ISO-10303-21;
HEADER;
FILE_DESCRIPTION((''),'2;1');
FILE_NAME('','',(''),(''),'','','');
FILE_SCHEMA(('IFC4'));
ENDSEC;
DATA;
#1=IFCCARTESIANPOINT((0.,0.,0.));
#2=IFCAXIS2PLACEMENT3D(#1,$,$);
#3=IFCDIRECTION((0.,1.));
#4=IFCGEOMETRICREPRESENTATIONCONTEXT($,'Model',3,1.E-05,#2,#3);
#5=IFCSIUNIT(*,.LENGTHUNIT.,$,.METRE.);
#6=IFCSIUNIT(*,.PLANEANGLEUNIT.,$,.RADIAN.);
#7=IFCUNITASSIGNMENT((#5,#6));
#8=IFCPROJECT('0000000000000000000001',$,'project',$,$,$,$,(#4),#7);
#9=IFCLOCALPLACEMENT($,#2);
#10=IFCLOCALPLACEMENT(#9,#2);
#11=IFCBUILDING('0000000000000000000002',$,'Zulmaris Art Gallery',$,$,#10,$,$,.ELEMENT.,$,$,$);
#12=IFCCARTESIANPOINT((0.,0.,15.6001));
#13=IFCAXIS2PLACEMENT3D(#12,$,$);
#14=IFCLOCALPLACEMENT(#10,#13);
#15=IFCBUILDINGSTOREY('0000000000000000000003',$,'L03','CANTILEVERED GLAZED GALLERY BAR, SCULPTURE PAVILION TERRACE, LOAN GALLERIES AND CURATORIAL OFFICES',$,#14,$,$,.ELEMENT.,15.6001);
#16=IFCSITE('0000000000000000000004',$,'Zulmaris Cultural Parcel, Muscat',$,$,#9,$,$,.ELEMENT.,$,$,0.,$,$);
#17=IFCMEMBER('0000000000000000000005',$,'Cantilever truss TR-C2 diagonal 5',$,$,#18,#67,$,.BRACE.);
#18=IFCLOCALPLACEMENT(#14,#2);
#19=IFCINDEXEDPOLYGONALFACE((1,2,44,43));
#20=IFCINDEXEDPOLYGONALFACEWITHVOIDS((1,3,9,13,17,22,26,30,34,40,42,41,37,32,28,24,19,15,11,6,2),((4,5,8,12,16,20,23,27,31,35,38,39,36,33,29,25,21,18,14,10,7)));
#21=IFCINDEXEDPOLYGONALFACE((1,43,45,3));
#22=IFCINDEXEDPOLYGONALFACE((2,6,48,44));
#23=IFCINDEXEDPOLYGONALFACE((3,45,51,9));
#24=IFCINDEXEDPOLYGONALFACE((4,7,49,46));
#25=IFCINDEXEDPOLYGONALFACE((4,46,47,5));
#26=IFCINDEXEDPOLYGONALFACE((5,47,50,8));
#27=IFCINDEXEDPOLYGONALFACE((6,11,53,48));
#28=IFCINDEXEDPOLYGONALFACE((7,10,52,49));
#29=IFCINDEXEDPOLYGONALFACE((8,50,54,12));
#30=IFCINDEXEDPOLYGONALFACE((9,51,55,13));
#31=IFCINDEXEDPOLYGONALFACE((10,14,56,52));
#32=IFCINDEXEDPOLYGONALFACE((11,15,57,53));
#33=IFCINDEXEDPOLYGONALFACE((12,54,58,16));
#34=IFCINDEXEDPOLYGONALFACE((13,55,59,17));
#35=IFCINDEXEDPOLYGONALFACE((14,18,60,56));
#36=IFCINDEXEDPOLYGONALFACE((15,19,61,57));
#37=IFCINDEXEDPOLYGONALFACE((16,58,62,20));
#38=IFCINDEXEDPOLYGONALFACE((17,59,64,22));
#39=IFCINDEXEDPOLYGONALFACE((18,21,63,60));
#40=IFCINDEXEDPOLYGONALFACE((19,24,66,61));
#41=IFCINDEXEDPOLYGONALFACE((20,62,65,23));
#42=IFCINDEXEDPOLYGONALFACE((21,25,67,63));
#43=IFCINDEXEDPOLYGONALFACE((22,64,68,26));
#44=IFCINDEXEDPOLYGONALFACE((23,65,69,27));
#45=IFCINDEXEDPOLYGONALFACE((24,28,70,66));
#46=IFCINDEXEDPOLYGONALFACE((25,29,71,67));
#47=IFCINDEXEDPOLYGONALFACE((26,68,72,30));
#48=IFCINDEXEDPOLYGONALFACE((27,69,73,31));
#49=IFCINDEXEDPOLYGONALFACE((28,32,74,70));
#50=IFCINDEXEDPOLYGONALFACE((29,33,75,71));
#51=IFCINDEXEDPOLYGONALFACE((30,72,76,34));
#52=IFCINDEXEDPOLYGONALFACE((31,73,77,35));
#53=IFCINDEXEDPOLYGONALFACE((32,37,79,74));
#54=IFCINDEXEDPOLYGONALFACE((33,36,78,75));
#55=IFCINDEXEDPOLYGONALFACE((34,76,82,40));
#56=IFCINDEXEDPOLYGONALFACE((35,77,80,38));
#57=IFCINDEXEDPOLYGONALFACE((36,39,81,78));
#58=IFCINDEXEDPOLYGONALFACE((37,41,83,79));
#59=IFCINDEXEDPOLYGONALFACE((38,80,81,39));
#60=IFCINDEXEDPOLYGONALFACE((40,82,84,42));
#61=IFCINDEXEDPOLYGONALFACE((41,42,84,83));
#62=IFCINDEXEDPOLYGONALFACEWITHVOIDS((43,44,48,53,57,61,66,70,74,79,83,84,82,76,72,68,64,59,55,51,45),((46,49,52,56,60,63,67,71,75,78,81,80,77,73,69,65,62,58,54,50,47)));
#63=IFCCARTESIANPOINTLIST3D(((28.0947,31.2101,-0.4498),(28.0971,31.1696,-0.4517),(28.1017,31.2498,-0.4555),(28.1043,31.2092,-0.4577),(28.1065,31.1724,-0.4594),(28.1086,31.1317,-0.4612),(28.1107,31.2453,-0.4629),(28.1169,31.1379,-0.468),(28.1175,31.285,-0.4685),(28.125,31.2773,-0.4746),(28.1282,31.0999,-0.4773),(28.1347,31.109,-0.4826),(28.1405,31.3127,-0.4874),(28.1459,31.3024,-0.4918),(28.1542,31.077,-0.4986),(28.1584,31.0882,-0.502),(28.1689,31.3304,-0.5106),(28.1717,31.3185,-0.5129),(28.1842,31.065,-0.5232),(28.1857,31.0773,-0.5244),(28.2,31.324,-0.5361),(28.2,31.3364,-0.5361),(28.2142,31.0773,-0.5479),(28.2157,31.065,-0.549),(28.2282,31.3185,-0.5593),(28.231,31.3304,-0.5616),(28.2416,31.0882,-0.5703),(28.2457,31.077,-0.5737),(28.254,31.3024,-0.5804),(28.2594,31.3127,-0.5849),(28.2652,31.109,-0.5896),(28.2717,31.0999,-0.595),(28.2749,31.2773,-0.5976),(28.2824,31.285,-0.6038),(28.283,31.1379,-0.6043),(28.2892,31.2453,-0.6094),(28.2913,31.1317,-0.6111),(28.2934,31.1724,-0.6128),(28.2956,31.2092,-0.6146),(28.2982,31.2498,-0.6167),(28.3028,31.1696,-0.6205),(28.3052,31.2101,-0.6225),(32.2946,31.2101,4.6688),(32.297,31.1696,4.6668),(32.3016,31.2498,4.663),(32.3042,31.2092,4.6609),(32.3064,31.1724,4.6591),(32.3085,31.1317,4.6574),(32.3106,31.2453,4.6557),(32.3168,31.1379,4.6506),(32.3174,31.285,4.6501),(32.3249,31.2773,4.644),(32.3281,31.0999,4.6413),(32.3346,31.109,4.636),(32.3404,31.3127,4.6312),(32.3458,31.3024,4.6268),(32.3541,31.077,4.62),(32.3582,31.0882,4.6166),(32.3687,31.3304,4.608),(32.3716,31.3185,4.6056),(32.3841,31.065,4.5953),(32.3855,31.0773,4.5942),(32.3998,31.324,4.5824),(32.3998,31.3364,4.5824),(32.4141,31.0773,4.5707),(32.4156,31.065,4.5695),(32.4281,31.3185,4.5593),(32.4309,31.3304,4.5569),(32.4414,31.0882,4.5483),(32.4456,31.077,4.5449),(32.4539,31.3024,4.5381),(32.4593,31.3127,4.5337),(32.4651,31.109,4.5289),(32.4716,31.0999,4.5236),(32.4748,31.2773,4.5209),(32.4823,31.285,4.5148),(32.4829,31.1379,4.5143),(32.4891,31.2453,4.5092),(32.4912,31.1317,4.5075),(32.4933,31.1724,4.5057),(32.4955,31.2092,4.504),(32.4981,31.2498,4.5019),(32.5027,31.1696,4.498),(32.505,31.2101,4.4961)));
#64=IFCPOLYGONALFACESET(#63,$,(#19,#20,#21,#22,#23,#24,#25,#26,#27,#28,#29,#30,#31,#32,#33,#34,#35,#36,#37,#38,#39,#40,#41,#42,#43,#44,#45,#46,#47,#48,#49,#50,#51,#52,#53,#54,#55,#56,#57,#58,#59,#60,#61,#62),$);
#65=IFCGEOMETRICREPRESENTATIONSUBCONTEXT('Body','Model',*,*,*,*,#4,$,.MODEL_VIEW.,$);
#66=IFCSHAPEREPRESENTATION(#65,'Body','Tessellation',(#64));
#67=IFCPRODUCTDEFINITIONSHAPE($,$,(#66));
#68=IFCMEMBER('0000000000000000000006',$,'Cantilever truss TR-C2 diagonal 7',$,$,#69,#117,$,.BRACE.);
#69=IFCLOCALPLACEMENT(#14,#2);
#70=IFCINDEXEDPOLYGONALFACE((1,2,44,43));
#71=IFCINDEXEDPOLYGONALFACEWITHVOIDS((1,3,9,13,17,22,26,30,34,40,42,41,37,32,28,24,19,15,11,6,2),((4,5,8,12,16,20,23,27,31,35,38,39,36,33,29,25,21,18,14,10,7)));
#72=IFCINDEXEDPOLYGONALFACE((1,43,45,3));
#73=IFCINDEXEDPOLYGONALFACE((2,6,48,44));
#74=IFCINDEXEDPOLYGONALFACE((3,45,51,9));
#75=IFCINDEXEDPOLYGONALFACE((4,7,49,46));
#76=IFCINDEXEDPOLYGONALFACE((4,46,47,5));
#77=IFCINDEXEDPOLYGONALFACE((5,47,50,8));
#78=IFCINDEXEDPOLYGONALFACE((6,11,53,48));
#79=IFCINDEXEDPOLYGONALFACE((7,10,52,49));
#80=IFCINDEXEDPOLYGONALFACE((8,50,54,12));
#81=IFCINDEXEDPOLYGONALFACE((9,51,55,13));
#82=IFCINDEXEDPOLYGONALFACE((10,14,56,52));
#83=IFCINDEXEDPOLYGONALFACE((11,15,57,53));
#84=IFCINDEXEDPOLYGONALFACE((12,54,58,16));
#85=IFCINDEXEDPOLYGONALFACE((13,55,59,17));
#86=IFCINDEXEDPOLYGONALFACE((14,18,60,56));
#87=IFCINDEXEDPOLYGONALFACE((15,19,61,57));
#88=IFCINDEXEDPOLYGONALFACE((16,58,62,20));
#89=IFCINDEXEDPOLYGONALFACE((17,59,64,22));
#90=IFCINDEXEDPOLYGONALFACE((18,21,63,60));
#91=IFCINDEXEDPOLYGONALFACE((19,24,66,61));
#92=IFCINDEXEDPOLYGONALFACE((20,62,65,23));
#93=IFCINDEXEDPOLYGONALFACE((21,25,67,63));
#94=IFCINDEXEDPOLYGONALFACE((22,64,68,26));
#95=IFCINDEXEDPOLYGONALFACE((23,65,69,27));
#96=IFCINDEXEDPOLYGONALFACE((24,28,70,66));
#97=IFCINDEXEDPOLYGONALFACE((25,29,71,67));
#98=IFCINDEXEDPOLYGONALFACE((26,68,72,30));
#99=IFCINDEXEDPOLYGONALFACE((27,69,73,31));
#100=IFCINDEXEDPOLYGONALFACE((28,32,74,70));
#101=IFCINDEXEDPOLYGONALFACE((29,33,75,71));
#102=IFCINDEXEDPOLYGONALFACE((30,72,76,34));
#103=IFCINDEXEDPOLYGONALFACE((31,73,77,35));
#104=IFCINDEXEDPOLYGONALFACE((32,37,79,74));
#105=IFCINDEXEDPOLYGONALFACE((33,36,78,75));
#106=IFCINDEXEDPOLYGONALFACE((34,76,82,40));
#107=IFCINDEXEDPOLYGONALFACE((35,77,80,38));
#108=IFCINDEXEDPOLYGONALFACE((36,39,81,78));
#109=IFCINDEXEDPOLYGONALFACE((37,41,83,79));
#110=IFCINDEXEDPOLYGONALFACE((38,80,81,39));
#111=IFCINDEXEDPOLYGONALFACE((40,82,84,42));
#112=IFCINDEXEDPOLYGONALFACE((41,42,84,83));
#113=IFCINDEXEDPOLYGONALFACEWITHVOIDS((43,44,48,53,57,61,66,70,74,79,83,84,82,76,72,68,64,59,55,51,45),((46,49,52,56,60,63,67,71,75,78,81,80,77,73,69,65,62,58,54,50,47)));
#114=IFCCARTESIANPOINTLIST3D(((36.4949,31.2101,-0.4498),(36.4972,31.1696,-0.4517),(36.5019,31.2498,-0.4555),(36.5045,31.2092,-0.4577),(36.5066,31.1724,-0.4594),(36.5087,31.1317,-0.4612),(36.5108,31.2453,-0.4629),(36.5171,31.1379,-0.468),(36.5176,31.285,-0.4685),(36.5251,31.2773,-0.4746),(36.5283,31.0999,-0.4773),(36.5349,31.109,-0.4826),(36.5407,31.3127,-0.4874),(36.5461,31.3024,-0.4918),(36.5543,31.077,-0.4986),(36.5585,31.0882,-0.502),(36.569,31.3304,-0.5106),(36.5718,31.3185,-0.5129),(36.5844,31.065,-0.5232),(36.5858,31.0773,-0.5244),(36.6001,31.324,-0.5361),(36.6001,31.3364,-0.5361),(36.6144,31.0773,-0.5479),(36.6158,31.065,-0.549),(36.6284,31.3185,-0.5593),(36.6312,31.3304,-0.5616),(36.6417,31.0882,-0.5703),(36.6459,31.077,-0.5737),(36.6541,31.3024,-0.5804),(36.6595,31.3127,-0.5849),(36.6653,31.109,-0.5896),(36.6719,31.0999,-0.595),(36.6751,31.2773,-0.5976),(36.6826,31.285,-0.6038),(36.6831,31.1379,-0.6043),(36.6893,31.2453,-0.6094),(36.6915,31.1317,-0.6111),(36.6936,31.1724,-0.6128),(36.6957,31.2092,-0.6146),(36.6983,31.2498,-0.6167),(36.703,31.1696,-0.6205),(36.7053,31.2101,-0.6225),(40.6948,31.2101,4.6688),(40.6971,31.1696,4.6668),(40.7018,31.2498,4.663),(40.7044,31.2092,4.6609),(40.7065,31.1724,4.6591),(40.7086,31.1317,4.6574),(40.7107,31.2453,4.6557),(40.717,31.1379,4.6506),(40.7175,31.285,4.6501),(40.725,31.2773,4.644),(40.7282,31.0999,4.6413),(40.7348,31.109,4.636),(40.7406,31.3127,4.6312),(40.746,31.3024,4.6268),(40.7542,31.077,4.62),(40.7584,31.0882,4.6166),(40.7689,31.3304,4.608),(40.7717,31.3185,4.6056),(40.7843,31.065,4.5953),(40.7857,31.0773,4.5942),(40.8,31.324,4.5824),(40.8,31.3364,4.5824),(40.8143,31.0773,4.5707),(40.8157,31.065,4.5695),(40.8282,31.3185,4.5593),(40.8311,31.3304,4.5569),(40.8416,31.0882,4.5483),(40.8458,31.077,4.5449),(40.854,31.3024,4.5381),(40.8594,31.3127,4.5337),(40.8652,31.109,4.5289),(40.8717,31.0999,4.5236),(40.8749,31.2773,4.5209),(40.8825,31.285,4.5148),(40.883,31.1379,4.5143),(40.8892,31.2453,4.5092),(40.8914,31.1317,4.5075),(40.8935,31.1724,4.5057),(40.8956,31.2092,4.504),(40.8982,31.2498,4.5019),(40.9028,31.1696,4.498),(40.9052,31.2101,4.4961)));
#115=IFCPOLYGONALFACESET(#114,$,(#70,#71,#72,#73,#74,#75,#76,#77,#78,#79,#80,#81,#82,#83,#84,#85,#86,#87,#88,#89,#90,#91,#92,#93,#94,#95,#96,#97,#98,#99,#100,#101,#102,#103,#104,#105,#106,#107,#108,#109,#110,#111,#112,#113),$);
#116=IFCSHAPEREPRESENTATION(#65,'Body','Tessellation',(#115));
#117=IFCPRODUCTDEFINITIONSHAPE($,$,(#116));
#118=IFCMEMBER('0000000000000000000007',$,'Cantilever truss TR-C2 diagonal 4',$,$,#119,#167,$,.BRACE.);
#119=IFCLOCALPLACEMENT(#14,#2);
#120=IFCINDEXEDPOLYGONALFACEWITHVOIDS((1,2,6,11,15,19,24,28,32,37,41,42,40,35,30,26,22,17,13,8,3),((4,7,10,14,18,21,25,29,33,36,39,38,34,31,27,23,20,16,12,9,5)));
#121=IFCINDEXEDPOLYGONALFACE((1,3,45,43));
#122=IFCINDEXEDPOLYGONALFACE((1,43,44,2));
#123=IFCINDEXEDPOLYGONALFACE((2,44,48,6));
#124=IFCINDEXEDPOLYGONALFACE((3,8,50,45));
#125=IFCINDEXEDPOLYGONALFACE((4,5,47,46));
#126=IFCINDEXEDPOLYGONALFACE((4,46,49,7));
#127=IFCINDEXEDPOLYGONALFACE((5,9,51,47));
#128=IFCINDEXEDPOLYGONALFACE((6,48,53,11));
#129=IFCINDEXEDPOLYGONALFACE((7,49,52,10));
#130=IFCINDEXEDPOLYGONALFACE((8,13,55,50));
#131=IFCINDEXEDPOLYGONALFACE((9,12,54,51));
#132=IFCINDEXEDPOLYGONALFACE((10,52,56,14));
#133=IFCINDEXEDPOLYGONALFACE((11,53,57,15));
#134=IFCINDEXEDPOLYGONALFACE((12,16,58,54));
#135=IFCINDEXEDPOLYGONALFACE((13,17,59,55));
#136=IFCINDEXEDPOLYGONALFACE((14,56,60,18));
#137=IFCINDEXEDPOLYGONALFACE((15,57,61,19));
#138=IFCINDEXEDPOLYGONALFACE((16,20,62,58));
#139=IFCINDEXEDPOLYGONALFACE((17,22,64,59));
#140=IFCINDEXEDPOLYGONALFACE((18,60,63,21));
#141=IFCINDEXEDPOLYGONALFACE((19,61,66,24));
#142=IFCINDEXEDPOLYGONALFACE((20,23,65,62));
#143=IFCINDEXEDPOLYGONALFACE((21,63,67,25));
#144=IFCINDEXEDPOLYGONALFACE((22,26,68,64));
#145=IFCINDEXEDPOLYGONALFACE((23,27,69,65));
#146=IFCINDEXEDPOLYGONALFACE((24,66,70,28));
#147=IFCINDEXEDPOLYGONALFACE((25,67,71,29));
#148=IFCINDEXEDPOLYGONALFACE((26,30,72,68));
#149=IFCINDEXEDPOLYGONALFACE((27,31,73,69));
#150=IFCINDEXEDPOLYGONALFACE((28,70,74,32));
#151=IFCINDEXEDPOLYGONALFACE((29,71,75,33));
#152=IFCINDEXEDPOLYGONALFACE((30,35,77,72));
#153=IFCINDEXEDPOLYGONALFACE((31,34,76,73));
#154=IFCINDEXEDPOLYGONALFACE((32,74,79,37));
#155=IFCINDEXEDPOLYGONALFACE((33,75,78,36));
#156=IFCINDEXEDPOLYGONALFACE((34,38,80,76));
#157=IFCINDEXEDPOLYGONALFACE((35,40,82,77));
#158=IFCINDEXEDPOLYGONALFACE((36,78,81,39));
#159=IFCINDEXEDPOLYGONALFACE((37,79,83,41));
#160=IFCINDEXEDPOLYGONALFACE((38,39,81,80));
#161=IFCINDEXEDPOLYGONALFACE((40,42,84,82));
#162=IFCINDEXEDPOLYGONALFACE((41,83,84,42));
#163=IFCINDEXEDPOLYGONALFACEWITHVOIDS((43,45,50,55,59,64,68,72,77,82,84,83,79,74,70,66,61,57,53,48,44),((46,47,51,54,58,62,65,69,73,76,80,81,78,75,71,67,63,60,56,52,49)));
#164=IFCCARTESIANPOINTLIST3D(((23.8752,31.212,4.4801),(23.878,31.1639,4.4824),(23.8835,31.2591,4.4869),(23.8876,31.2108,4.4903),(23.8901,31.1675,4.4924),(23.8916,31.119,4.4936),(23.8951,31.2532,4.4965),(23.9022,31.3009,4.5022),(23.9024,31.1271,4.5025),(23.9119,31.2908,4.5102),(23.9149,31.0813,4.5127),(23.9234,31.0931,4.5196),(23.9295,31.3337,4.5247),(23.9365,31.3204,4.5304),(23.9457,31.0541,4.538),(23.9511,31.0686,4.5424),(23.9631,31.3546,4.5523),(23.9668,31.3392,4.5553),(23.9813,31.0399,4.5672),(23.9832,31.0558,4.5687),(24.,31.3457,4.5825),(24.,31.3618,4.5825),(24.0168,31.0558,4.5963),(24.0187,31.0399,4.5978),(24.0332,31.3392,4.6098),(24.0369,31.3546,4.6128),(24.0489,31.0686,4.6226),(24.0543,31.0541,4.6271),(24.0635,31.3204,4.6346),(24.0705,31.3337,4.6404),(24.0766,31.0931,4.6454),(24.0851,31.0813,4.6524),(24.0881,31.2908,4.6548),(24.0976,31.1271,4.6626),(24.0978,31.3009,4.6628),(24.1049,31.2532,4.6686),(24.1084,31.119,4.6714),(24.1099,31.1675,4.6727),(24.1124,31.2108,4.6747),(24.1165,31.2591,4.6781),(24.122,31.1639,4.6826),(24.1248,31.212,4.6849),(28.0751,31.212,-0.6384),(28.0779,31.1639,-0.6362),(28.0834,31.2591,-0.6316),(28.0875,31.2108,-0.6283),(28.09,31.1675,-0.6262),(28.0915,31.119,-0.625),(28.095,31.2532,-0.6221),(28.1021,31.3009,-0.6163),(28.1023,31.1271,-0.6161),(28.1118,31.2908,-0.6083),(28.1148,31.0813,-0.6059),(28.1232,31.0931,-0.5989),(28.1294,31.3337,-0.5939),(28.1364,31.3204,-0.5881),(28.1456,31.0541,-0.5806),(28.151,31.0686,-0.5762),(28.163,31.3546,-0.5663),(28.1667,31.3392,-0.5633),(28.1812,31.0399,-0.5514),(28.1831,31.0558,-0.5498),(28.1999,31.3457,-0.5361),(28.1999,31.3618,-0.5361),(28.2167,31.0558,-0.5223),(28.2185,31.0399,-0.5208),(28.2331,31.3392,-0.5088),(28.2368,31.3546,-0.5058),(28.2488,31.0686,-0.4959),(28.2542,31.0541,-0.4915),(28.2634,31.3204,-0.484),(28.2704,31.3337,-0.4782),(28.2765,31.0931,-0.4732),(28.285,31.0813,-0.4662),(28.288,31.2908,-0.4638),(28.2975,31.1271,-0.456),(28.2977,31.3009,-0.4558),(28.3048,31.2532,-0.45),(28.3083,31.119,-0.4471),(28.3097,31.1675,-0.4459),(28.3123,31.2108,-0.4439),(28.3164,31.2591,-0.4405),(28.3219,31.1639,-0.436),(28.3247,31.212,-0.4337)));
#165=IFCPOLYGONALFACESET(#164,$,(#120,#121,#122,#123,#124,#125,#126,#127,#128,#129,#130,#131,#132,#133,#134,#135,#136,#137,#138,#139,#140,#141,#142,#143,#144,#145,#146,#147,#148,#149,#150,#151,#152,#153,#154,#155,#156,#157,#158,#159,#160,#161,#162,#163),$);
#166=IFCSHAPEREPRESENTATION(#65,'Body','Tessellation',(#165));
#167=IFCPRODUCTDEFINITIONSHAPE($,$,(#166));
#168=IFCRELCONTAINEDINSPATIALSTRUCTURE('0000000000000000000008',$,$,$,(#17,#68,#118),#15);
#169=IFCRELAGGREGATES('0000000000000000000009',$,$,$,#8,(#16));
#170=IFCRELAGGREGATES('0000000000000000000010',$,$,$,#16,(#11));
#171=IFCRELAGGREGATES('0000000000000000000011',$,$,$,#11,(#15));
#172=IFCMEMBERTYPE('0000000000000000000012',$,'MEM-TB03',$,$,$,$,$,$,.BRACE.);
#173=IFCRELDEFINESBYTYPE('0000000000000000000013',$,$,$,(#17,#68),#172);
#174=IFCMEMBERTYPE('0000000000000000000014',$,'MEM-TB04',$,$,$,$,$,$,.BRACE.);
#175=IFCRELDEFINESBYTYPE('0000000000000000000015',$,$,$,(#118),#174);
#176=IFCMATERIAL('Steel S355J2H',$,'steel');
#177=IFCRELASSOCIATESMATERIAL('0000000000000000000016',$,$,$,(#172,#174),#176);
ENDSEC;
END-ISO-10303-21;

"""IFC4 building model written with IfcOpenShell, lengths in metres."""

from ifc_helpers import new_model, si_unit, direction, frame, origin, origin_2d, place, context, subcontext, project, spatial, hollow_circle, extrude, material, material_profile, profile_set, type_object, element, save


model = new_model("IFC4")

# Units and contexts
model_context = context("Model", 3, precision=1e-05, world=origin(), true_north=direction((0.0, 1.0)))
body_context = subcontext(model_context, "Body", "Model", "MODEL_VIEW")
ifc_project = project(units=[si_unit("LENGTHUNIT", "METRE"), si_unit("PLANEANGLEUNIT", "RADIAN")], contexts=[model_context])

# Site, building, storey
site_placement = place(None, origin())
site = spatial("IfcSite", under=ifc_project, at=site_placement, Name="Zulmaris Cultural Parcel, Muscat", CompositionType="ELEMENT", RefElevation=0.0)
building_placement = place(site_placement, origin())
building = spatial("IfcBuilding", under=site, at=building_placement, Name="Zulmaris Art Gallery", CompositionType="ELEMENT")
storey_placement = place(building_placement, frame((0.0, 0.0, 15.6001)))
storey = spatial("IfcBuildingStorey", under=building, at=storey_placement, Name="L03", Description="CANTILEVERED GLAZED GALLERY BAR, SCULPTURE PAVILION TERRACE, LOAN GALLERIES AND CURATORIAL OFFICES", CompositionType="ELEMENT", Elevation=15.6001)

# Members
ifc_material_1 = material(Name="Steel S355J2H", Category="steel")
ifc_material_profile_1 = material_profile(ifc_material_1, hollow_circle(Radius=0.1365, WallThickness=0.0125, at=origin_2d()), Name="CHS 273x12.5")
ifc_profile_set_1 = profile_set([ifc_material_profile_1], Name="Steel S355J2H")
member_type_1 = type_object("IfcMemberType", Name="MEM-TB03", PredefinedType="BRACE", material=ifc_profile_set_1)
for number, where, z_axis, x_axis, name in (
    (1, (28.2, 31.2, -0.5361), (0.634319, 0.0, 0.773071), (0.0, 1.0, 0.0), "Cantilever truss TR-C2 diagonal 5"),
    (2, (36.6001, 31.2, -0.5361), (0.634319, 0.0, 0.773071), (0.0, 1.0, 0.0), "Cantilever truss TR-C2 diagonal 7"),
):
    element("IfcMember", number, at=place(storey_placement, frame(where, z_axis=z_axis, x_axis=x_axis)), inside=storey, type_object=member_type_1, Name=name, PredefinedType="BRACE", context=body_context, shape_type="SweptSolid", body=[
        extrude(hollow_circle(Radius=0.1365, WallThickness=0.0125, at=origin_2d()), origin(), (0.0, 0.0, 1.0), 6.6211),
    ])
ifc_material_profile_2 = material_profile(ifc_material_1, hollow_circle(Radius=0.1619, WallThickness=0.0161, at=origin_2d()), Name="CHS 323.9x16")
ifc_profile_set_2 = profile_set([ifc_material_profile_2], Name="Steel S355J2H")
member_type_2 = type_object("IfcMemberType", Name="MEM-TB04", PredefinedType="BRACE", material=ifc_profile_set_2)
for number, where, z_axis, x_axis, name in (
    (3, (24.0, 31.2, 4.5825), (0.634319, 0.0, -0.773071), (0.0, 1.0, 0.0), "Cantilever truss TR-C2 diagonal 4"),
):
    element("IfcMember", number, at=place(storey_placement, frame(where, z_axis=z_axis, x_axis=x_axis)), inside=storey, type_object=member_type_2, Name=name, PredefinedType="BRACE", context=body_context, shape_type="SweptSolid", body=[
        extrude(hollow_circle(Radius=0.1619, WallThickness=0.0161, at=origin_2d()), origin(), (0.0, 0.0, 1.0), 6.6211),
    ])

save(model, "model.ifc")
